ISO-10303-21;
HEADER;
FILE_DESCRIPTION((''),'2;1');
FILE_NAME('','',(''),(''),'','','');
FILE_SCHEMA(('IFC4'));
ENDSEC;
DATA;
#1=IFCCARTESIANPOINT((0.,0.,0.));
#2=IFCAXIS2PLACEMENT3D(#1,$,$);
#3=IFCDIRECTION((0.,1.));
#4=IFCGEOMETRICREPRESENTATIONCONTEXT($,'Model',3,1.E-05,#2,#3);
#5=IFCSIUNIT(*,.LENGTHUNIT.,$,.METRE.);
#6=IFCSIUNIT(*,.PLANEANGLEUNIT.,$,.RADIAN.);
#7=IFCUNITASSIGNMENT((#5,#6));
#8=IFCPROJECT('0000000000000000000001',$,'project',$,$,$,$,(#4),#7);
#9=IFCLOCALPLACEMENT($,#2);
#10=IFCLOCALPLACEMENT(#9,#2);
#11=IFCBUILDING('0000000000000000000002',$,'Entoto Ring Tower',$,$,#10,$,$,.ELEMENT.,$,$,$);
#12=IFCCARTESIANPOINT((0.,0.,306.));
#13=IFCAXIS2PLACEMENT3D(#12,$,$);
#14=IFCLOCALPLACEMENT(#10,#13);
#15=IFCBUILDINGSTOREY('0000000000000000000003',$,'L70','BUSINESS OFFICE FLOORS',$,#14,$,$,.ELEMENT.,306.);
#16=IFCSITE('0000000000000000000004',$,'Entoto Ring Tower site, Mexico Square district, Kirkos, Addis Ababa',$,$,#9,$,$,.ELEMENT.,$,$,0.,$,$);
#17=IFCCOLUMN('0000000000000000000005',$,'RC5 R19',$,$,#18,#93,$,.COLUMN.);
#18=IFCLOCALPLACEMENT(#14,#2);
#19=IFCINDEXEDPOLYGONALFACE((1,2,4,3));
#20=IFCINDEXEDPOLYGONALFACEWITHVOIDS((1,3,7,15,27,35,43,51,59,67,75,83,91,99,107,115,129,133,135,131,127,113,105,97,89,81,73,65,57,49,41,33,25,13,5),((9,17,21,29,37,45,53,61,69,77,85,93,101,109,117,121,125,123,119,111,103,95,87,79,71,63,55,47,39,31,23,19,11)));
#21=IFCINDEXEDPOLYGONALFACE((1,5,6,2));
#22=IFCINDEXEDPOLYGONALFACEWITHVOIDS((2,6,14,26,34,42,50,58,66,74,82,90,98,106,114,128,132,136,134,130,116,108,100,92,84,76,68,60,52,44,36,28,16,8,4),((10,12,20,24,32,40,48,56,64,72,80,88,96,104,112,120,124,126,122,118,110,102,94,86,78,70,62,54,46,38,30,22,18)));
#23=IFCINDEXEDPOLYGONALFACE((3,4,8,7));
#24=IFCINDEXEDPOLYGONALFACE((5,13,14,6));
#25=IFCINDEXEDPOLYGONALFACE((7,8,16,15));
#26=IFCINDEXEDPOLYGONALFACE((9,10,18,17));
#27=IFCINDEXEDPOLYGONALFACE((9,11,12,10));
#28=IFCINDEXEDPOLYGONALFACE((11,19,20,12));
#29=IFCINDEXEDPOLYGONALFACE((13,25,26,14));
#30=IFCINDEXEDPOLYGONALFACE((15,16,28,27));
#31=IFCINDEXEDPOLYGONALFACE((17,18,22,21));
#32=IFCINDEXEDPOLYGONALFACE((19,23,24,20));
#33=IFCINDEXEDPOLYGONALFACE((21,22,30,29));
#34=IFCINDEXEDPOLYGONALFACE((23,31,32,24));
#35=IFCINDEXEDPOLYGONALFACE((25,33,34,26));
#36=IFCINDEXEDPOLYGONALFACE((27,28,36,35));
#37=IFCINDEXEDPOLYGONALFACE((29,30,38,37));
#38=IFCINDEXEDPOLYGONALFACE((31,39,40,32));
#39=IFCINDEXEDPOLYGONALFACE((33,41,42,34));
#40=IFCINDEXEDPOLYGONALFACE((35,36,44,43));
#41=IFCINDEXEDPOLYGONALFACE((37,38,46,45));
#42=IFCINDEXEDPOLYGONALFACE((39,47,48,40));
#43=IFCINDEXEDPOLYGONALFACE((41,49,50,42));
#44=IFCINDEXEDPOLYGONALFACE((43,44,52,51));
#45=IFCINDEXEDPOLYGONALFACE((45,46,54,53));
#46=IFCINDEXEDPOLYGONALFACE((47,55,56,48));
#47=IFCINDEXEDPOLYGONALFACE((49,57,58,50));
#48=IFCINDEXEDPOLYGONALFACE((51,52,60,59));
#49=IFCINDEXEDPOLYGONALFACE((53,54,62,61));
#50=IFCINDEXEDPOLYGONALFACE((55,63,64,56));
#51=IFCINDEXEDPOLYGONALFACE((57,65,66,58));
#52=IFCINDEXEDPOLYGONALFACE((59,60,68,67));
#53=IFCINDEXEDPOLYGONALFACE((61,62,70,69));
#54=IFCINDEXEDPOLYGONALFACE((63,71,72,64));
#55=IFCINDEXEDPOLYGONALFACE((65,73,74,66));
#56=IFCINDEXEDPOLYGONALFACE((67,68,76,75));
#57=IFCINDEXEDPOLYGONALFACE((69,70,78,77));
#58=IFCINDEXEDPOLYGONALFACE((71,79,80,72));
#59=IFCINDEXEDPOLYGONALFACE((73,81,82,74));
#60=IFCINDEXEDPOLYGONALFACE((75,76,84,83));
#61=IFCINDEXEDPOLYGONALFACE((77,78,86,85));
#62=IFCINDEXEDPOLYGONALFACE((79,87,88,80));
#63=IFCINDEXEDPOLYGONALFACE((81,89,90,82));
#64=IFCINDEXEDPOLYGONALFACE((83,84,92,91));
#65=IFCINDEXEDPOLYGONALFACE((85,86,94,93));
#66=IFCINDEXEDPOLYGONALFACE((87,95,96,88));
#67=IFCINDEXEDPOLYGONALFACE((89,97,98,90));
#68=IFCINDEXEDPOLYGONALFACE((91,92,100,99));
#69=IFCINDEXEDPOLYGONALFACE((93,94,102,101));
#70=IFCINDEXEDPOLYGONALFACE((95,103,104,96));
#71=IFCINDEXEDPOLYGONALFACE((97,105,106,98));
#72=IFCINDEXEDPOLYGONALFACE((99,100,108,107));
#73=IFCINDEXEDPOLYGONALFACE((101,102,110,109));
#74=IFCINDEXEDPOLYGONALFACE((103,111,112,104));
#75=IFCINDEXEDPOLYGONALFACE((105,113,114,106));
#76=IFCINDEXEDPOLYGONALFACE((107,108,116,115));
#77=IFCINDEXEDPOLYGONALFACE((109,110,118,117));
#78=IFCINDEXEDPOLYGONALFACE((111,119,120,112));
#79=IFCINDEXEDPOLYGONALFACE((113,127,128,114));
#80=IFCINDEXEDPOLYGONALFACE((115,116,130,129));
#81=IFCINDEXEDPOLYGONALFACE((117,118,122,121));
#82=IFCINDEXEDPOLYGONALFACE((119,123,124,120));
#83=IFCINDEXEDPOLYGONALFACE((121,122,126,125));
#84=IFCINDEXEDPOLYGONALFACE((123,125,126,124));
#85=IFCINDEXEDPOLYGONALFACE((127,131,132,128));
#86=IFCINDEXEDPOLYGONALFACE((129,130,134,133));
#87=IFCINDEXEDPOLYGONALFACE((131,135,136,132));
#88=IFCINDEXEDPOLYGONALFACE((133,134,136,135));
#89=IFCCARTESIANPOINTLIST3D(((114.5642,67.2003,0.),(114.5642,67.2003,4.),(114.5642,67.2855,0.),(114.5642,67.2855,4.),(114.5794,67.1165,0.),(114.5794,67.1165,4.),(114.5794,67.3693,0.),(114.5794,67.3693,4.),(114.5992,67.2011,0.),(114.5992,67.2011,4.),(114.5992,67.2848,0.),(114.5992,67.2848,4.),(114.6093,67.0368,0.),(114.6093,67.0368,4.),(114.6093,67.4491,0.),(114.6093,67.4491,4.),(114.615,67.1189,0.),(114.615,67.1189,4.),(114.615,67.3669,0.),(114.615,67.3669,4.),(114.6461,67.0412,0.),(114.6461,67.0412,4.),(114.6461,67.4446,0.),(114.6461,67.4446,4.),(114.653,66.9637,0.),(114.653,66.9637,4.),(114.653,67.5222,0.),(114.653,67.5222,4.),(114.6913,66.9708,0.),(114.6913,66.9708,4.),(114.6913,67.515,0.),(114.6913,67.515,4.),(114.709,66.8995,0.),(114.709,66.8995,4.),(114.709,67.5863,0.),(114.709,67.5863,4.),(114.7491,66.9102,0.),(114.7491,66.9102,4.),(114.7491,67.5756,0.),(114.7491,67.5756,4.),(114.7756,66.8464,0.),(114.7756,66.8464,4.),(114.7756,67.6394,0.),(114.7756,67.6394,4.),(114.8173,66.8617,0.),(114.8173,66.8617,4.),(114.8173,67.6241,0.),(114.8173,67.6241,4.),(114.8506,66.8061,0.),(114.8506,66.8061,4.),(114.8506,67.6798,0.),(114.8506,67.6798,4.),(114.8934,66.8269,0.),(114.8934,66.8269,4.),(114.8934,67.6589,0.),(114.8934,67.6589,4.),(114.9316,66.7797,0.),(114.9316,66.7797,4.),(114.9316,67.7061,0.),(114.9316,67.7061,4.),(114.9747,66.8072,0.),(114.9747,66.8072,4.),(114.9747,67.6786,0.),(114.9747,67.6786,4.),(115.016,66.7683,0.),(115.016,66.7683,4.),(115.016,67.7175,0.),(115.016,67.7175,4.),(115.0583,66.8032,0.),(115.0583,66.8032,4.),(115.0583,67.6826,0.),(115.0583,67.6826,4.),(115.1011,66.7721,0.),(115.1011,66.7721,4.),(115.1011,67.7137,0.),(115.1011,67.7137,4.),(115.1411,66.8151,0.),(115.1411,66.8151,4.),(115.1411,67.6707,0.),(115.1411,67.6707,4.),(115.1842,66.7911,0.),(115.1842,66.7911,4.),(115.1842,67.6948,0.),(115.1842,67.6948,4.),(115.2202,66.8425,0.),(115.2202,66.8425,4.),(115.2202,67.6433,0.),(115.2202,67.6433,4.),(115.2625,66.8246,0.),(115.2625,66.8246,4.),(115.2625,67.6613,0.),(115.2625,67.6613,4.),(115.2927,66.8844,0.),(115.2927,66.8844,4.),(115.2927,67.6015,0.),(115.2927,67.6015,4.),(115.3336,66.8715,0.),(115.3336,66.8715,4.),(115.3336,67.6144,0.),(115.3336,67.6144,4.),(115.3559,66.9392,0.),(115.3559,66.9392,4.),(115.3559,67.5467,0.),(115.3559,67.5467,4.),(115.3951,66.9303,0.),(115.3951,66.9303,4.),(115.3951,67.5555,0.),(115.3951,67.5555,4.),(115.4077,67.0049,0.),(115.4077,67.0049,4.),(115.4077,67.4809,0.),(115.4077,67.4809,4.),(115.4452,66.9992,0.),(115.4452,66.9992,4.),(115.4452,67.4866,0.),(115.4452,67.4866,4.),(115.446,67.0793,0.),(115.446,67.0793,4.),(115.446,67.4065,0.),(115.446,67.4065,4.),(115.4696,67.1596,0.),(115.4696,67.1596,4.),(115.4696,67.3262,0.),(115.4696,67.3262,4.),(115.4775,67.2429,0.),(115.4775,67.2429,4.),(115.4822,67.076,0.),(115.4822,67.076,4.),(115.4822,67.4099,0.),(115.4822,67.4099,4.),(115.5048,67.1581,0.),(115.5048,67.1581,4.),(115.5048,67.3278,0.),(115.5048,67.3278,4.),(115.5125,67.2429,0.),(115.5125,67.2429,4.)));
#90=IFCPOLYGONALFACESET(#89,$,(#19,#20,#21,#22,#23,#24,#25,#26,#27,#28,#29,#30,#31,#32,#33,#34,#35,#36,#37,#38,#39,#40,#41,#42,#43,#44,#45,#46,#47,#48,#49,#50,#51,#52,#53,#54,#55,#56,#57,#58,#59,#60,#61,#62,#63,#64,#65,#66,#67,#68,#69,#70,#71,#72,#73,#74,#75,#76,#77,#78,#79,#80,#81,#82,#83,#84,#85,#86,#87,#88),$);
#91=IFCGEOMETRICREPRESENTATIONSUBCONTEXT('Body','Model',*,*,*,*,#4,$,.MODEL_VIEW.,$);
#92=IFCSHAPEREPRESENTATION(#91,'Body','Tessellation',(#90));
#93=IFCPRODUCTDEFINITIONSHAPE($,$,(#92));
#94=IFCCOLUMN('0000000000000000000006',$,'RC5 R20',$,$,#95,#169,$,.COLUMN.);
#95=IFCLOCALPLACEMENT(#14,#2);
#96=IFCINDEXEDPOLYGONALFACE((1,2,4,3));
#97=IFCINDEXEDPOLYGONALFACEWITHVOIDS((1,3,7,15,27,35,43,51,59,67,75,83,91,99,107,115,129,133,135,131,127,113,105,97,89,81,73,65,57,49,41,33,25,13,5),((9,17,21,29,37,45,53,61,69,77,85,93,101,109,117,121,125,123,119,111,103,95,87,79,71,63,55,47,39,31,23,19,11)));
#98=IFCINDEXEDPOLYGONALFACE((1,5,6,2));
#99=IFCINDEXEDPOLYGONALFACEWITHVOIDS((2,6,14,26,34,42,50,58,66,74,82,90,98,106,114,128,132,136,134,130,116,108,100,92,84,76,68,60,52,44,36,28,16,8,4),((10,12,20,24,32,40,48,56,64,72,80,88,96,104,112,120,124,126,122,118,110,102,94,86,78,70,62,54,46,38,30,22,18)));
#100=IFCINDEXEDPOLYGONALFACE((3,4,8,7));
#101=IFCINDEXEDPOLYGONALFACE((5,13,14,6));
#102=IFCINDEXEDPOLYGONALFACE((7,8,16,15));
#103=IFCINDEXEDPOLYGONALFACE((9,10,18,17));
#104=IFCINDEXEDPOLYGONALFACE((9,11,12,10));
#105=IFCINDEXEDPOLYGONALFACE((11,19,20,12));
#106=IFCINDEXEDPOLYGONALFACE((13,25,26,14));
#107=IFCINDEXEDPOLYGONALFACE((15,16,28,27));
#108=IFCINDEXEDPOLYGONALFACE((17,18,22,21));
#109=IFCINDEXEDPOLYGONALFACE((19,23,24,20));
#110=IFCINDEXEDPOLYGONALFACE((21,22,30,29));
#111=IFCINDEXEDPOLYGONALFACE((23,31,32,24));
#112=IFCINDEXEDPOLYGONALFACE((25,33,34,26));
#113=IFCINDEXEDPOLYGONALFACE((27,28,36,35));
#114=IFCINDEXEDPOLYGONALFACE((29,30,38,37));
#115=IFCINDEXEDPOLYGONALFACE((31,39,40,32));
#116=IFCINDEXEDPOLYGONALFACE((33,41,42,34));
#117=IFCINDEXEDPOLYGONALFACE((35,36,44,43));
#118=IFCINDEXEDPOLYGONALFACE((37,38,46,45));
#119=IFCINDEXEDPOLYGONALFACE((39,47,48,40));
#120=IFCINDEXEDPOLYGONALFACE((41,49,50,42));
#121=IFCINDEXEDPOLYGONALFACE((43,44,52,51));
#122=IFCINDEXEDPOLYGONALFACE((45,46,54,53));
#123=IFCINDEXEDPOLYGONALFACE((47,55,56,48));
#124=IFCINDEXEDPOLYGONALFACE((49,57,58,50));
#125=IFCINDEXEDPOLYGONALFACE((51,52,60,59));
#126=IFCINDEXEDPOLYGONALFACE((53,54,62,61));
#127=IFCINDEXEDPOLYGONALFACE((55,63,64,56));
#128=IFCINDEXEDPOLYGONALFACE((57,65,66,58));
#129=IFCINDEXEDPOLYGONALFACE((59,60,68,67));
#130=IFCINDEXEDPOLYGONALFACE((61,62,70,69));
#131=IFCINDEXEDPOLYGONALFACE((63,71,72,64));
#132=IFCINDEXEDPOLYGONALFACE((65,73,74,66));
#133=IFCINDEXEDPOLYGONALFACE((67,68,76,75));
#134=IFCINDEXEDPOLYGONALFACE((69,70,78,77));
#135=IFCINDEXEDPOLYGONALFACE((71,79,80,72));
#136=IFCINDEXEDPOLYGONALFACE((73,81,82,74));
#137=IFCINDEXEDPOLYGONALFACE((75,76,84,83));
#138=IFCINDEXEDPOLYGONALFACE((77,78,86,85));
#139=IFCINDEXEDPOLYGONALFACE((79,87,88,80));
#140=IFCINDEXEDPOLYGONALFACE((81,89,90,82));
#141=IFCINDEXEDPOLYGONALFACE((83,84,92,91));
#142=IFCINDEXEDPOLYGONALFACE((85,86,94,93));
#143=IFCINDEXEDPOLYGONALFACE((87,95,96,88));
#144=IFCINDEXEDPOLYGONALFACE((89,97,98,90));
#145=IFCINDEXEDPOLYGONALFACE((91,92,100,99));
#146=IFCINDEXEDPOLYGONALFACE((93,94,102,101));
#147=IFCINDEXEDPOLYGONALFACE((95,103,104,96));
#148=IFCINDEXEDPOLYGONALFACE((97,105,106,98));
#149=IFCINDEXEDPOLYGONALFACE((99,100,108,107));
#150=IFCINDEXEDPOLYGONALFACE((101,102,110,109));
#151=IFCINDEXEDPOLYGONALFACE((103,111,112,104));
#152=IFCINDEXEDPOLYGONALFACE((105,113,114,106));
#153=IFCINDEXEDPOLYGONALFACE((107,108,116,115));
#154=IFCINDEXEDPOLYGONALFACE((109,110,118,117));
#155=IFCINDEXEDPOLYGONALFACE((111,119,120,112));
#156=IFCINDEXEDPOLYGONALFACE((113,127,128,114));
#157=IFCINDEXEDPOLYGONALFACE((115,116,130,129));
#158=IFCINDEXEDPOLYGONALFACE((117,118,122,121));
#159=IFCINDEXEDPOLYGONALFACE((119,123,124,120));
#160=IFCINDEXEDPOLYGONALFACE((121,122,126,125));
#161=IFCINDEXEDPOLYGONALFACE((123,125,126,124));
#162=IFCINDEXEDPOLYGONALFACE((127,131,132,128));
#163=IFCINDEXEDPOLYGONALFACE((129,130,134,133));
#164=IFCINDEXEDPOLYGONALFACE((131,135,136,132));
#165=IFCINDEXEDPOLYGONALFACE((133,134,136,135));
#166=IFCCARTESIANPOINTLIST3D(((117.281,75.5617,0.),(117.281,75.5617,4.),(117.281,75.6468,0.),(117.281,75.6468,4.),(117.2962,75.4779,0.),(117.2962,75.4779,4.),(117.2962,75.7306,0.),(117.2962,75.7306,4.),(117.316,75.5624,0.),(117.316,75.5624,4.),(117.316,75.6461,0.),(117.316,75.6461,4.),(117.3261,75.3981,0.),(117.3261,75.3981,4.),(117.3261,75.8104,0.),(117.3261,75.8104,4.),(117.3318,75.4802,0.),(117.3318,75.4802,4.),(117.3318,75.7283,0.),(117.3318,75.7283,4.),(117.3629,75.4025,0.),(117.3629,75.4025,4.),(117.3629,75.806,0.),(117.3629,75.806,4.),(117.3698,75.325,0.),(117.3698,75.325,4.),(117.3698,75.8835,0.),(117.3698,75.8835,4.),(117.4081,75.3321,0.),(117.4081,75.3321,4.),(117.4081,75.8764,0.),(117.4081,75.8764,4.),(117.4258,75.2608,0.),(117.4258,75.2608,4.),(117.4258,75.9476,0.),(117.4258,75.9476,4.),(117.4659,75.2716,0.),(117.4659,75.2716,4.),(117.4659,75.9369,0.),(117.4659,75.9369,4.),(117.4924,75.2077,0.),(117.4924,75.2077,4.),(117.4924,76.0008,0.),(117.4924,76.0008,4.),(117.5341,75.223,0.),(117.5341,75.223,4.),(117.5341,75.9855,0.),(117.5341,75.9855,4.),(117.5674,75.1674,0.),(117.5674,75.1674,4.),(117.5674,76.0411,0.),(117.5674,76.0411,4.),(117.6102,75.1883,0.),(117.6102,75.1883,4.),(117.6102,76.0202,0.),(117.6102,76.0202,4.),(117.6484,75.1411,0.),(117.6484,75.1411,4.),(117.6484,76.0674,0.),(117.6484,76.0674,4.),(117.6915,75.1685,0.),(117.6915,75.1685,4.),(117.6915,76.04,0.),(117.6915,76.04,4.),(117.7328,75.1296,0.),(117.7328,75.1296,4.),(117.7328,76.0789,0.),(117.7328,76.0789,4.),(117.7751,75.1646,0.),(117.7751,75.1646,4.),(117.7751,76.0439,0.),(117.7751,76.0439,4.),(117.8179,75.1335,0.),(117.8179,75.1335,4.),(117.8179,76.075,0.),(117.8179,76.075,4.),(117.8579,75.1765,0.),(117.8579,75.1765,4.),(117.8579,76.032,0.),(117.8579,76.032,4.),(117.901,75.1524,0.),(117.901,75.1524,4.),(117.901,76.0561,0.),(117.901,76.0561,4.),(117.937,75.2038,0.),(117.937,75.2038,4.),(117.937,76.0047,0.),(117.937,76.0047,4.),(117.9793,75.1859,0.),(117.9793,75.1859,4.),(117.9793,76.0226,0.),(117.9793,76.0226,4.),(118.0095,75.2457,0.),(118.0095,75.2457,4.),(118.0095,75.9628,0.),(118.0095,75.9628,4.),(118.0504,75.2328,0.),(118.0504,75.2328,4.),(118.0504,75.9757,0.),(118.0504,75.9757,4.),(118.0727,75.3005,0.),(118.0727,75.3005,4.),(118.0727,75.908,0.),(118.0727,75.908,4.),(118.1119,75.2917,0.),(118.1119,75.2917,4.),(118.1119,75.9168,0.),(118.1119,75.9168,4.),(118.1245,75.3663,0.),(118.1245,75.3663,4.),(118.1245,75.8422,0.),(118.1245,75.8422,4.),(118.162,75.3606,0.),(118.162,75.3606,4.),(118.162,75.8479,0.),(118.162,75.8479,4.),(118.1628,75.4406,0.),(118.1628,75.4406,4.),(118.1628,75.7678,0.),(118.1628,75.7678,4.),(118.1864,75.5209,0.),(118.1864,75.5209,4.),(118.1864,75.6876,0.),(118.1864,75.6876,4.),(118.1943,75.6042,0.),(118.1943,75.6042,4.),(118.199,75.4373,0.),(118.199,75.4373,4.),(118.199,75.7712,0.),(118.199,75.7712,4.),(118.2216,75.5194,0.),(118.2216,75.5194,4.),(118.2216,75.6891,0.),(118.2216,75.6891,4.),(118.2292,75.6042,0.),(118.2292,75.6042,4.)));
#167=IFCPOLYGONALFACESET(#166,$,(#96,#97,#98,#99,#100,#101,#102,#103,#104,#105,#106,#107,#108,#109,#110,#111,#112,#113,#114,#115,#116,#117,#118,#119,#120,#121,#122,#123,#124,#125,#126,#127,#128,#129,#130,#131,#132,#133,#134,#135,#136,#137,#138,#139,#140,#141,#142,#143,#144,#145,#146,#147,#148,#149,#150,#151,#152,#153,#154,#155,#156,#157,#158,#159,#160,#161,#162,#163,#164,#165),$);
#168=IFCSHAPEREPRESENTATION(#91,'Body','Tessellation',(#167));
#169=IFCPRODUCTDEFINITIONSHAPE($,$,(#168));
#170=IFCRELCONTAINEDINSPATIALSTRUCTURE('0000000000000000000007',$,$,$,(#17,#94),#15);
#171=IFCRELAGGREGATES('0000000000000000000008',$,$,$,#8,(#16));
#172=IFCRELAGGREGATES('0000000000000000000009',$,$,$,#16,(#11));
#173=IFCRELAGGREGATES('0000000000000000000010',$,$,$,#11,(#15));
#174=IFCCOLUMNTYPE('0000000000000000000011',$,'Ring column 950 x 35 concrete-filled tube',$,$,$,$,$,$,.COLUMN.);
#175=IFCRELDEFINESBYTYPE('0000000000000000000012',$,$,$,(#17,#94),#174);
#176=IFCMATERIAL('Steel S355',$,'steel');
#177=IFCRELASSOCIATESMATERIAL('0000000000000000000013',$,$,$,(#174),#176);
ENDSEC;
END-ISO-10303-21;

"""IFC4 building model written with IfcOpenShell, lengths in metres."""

from ifc_helpers import new_model, si_unit, direction, frame, origin, origin_2d, place, context, subcontext, project, spatial, circle, hollow_circle, extrude, material, material_profile, profile_set, type_object, element, save


model = new_model("IFC4")

# Units and contexts
model_context = context("Model", 3, precision=1e-05, world=origin(), true_north=direction((0.0, 1.0)))
body_context = subcontext(model_context, "Body", "Model", "MODEL_VIEW")
ifc_project = project(units=[si_unit("LENGTHUNIT", "METRE"), si_unit("PLANEANGLEUNIT", "RADIAN")], contexts=[model_context])

# Site, building, storey
site_placement = place(None, origin())
site = spatial("IfcSite", under=ifc_project, at=site_placement, Name="Entoto Ring Tower site, Mexico Square district, Kirkos, Addis Ababa", CompositionType="ELEMENT", RefElevation=0.0)
building_placement = place(site_placement, origin())
building = spatial("IfcBuilding", under=site, at=building_placement, Name="Entoto Ring Tower", CompositionType="ELEMENT")
storey_placement = place(building_placement, frame((0.0, 0.0, 306.0)))
storey = spatial("IfcBuildingStorey", under=building, at=storey_placement, Name="L70", Description="BUSINESS OFFICE FLOORS", CompositionType="ELEMENT", Elevation=306.0)

# Columns
ifc_material_1 = material(Name="Steel S355", Category="steel")
ifc_material_profile_1 = material_profile(ifc_material_1, hollow_circle(Radius=0.4751, WallThickness=0.0349, at=origin_2d()), Name="CHS 950 x 35")
ifc_material_2 = material(Name="Concrete C60/75", Category="concrete")
ifc_material_profile_2 = material_profile(ifc_material_2, circle(Radius=0.4399, at=origin_2d()), Name="Concrete C60/75 infill")
ifc_profile_set_1 = profile_set([ifc_material_profile_1, ifc_material_profile_2], Name="Steel S355")
column_type = type_object("IfcColumnType", Name="Ring column 950 x 35 concrete-filled tube", PredefinedType="COLUMN", material=ifc_profile_set_1)
for number, where, z_axis, x_axis, name in (
    (1, (115.0374, 67.2429, 0.0), (0.0, 0.0, 1.0), (1.0, 0.0, 0.0), "RC5 R19"),
    (2, (117.7542, 75.6042, 0.0), (0.0, 0.0, 1.0), (1.0, 0.0, 0.0), "RC5 R20"),
):
    element("IfcColumn", number, at=place(storey_placement, frame(where, z_axis=z_axis, x_axis=x_axis)), inside=storey, type_object=column_type, Name=name, PredefinedType="COLUMN", context=body_context, shape_type="SweptSolid", body=[
        extrude(hollow_circle(Radius=0.4751, WallThickness=0.0349, at=origin_2d()), origin(), (0.0, 0.0, 1.0), 4.0),
    ])

save(model, "model.ifc")
